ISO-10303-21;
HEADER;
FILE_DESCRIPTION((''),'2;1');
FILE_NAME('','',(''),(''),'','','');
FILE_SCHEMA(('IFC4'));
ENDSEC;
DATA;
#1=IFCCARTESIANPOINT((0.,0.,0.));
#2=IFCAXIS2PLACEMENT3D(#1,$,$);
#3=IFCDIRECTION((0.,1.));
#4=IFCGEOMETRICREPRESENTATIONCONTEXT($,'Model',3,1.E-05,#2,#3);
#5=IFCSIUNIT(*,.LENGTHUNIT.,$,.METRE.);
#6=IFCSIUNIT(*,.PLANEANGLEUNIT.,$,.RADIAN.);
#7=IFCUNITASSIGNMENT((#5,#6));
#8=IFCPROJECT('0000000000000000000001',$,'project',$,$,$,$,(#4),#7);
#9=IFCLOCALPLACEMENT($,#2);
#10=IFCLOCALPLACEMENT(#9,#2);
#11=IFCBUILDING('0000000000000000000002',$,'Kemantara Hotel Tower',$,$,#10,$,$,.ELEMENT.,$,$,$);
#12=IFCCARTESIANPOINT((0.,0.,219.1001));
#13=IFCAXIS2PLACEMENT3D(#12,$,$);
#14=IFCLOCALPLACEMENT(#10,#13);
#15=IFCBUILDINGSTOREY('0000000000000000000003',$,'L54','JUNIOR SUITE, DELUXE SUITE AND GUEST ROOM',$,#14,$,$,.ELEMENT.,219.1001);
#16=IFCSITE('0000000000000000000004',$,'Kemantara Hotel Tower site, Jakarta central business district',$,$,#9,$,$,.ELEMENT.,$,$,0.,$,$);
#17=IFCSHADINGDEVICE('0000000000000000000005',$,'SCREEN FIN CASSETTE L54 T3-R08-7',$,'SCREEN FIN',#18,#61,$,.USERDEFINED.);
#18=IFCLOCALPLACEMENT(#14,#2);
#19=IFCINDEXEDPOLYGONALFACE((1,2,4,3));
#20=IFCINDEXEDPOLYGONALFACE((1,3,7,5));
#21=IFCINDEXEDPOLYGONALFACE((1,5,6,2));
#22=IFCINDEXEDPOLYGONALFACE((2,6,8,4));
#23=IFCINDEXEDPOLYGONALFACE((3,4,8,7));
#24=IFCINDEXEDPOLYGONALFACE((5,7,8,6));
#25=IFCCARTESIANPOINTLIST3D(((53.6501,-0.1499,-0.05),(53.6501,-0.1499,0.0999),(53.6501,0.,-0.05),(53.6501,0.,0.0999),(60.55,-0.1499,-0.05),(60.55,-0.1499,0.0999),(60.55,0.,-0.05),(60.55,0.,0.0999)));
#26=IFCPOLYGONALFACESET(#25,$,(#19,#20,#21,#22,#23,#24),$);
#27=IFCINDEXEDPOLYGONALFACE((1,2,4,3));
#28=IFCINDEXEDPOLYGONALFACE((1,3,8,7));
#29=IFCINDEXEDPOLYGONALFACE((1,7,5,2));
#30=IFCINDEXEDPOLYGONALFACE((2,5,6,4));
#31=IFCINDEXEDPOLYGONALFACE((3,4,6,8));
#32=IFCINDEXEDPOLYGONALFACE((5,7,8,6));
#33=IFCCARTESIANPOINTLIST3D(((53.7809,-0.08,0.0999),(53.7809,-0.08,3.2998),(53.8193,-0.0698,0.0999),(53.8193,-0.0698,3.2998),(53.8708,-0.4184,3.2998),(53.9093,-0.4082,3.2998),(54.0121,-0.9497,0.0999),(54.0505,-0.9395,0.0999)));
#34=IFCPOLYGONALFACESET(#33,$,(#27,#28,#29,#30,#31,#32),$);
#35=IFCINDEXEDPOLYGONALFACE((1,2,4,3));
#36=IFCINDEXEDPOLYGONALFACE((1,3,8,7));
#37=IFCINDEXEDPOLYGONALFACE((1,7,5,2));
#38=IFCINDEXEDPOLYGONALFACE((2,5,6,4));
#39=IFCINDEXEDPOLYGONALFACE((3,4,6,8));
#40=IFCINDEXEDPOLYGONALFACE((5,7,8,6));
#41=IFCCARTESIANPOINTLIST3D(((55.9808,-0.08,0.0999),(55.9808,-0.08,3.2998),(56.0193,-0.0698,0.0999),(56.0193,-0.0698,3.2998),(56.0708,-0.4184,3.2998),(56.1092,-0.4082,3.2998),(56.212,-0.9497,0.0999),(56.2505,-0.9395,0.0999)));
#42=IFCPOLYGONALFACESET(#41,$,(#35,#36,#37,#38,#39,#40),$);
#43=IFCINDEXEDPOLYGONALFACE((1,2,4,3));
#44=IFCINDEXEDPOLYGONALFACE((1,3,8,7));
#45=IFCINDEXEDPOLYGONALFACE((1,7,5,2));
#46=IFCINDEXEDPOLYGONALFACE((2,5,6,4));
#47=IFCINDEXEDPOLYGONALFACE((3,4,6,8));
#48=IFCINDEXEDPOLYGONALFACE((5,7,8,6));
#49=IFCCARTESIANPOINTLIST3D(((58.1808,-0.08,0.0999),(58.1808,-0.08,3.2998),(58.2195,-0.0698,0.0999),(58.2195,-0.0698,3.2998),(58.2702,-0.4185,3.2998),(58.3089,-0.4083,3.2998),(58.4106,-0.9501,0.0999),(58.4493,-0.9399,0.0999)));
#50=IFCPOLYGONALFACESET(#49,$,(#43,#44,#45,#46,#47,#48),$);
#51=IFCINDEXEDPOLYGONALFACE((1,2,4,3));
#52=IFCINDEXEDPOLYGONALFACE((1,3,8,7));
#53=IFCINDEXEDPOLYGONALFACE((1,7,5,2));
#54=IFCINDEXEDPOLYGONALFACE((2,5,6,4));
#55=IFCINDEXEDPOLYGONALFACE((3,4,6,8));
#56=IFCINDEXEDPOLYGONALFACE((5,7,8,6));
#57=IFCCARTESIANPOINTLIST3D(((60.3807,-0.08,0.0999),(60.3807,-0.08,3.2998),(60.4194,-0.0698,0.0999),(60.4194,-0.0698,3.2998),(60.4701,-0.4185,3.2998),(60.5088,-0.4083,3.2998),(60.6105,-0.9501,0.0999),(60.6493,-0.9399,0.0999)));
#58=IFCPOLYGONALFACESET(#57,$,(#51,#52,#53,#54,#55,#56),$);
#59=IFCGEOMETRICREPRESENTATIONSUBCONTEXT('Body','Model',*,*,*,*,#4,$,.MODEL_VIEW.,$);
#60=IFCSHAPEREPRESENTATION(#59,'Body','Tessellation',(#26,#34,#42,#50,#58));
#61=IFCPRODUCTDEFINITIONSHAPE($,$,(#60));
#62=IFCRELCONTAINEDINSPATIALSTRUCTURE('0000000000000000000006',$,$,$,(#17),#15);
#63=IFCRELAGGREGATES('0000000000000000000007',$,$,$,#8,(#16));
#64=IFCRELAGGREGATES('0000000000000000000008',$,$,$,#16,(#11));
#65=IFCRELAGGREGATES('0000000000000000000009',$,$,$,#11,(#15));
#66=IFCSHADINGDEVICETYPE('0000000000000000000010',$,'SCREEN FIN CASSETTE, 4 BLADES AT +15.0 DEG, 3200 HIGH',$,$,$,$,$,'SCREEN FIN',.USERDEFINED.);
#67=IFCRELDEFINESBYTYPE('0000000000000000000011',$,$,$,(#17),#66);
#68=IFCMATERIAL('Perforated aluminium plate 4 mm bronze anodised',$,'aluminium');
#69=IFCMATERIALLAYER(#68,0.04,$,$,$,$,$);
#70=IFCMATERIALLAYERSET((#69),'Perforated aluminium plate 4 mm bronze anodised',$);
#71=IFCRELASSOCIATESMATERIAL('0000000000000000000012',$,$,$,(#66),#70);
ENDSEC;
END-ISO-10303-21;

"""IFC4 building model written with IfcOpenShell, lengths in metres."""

from ifc_helpers import new_model, si_unit, direction, frame, origin, origin_2d, place, context, subcontext, project, spatial, polyline, rectangle, outline, extrude, source, transform, mapped, material, layer, layer_set, type_object, element, save


model = new_model("IFC4")

# Units and contexts
model_context = context("Model", 3, precision=1e-05, world=origin(), true_north=direction((0.0, 1.0)))
body_context = subcontext(model_context, "Body", "Model", "MODEL_VIEW")
ifc_project = project(units=[si_unit("LENGTHUNIT", "METRE"), si_unit("PLANEANGLEUNIT", "RADIAN")], contexts=[model_context])

# Site, building, storey
site_placement = place(None, origin())
site = spatial("IfcSite", under=ifc_project, at=site_placement, Name="Kemantara Hotel Tower site, Jakarta central business district", CompositionType="ELEMENT", RefElevation=0.0)
building_placement = place(site_placement, origin())
building = spatial("IfcBuilding", under=site, at=building_placement, Name="Kemantara Hotel Tower", CompositionType="ELEMENT")
storey_placement = place(building_placement, frame((0.0, 0.0, 219.1001)))
storey = spatial("IfcBuildingStorey", under=building, at=storey_placement, Name="L54", Description="JUNIOR SUITE, DELUXE SUITE AND GUEST ROOM", CompositionType="ELEMENT", Elevation=219.1001)

# Shading device
ifc_material_1 = material(Name="Perforated aluminium plate 4 mm bronze anodised", Category="aluminium")
ifc_layer_1 = layer(ifc_material_1, 0.04)
ifc_layer_set_1 = layer_set([ifc_layer_1], Name="Perforated aluminium plate 4 mm bronze anodised")
shading_device_type = type_object("IfcShadingDeviceType", Name="SCREEN FIN CASSETTE, 4 BLADES AT +15.0 DEG, 3200 HIGH", ElementType="SCREEN FIN", PredefinedType="USERDEFINED", material=ifc_layer_set_1)
shared_shape = source(origin(), body_context, "Body", "SweptSolid", [
    extrude(rectangle(XDim=6.8999, YDim=0.1499, at=origin_2d()), frame((3.3, -0.075, -0.1499), z_axis=(0.0, 0.0, 1.0), x_axis=(1.0, 0.0, 0.0)), (0.0, 0.0, 1.0), 0.1499),
    extrude(outline(polyline([(0.0, 0.0), (0.8999, 0.0), (0.3501, 3.2), (0.0, 3.2), (0.0, 0.0)])), frame((0.0193, -0.0698, 0.0), z_axis=(-0.966438, -0.256901, 0.0), x_axis=(0.256901, -0.966438, 0.0)), (0.0, 0.0, 1.0), 0.0398),
    extrude(outline(polyline([(0.0, 0.0), (0.8999, 0.0), (0.3501, 3.2), (0.0, 3.2), (0.0, 0.0)])), frame((2.2192, -0.0698, 0.0), z_axis=(-0.966438, -0.256901, 0.0), x_axis=(0.256901, -0.966438, 0.0)), (0.0, 0.0, 1.0), 0.0398),
    extrude(outline(polyline([(0.0, 0.0), (0.8999, 0.0), (0.3501, 3.2), (0.0, 3.2), (0.0, 0.0)])), frame((4.4194, -0.0698, 0.0), z_axis=(-0.966838, -0.255391, 0.0), x_axis=(0.255391, -0.966838, 0.0)), (0.0, 0.0, 1.0), 0.04),
    extrude(outline(polyline([(0.0, 0.0), (0.8999, 0.0), (0.3501, 3.2), (0.0, 3.2), (0.0, 0.0)])), frame((6.6194, -0.0698, 0.0), z_axis=(-0.966838, -0.255391, 0.0), x_axis=(0.255391, -0.966838, 0.0)), (0.0, 0.0, 1.0), 0.04),
])
shading_device_placement = place(storey_placement, frame((53.8, 0.0, 0.0999), z_axis=(0.0, 0.0, 1.0), x_axis=(1.0, 0.0, 0.0)))
element("IfcShadingDevice", 1, at=shading_device_placement, inside=storey, type_object=shading_device_type, Name="SCREEN FIN CASSETTE L54 T3-R08-7", ObjectType="SCREEN FIN", PredefinedType="USERDEFINED", context=body_context, shape_type="MappedRepresentation", body=[
    mapped(shared_shape, transform((0.0, 0.0, 0.0))),
])

save(model, "model.ifc")
